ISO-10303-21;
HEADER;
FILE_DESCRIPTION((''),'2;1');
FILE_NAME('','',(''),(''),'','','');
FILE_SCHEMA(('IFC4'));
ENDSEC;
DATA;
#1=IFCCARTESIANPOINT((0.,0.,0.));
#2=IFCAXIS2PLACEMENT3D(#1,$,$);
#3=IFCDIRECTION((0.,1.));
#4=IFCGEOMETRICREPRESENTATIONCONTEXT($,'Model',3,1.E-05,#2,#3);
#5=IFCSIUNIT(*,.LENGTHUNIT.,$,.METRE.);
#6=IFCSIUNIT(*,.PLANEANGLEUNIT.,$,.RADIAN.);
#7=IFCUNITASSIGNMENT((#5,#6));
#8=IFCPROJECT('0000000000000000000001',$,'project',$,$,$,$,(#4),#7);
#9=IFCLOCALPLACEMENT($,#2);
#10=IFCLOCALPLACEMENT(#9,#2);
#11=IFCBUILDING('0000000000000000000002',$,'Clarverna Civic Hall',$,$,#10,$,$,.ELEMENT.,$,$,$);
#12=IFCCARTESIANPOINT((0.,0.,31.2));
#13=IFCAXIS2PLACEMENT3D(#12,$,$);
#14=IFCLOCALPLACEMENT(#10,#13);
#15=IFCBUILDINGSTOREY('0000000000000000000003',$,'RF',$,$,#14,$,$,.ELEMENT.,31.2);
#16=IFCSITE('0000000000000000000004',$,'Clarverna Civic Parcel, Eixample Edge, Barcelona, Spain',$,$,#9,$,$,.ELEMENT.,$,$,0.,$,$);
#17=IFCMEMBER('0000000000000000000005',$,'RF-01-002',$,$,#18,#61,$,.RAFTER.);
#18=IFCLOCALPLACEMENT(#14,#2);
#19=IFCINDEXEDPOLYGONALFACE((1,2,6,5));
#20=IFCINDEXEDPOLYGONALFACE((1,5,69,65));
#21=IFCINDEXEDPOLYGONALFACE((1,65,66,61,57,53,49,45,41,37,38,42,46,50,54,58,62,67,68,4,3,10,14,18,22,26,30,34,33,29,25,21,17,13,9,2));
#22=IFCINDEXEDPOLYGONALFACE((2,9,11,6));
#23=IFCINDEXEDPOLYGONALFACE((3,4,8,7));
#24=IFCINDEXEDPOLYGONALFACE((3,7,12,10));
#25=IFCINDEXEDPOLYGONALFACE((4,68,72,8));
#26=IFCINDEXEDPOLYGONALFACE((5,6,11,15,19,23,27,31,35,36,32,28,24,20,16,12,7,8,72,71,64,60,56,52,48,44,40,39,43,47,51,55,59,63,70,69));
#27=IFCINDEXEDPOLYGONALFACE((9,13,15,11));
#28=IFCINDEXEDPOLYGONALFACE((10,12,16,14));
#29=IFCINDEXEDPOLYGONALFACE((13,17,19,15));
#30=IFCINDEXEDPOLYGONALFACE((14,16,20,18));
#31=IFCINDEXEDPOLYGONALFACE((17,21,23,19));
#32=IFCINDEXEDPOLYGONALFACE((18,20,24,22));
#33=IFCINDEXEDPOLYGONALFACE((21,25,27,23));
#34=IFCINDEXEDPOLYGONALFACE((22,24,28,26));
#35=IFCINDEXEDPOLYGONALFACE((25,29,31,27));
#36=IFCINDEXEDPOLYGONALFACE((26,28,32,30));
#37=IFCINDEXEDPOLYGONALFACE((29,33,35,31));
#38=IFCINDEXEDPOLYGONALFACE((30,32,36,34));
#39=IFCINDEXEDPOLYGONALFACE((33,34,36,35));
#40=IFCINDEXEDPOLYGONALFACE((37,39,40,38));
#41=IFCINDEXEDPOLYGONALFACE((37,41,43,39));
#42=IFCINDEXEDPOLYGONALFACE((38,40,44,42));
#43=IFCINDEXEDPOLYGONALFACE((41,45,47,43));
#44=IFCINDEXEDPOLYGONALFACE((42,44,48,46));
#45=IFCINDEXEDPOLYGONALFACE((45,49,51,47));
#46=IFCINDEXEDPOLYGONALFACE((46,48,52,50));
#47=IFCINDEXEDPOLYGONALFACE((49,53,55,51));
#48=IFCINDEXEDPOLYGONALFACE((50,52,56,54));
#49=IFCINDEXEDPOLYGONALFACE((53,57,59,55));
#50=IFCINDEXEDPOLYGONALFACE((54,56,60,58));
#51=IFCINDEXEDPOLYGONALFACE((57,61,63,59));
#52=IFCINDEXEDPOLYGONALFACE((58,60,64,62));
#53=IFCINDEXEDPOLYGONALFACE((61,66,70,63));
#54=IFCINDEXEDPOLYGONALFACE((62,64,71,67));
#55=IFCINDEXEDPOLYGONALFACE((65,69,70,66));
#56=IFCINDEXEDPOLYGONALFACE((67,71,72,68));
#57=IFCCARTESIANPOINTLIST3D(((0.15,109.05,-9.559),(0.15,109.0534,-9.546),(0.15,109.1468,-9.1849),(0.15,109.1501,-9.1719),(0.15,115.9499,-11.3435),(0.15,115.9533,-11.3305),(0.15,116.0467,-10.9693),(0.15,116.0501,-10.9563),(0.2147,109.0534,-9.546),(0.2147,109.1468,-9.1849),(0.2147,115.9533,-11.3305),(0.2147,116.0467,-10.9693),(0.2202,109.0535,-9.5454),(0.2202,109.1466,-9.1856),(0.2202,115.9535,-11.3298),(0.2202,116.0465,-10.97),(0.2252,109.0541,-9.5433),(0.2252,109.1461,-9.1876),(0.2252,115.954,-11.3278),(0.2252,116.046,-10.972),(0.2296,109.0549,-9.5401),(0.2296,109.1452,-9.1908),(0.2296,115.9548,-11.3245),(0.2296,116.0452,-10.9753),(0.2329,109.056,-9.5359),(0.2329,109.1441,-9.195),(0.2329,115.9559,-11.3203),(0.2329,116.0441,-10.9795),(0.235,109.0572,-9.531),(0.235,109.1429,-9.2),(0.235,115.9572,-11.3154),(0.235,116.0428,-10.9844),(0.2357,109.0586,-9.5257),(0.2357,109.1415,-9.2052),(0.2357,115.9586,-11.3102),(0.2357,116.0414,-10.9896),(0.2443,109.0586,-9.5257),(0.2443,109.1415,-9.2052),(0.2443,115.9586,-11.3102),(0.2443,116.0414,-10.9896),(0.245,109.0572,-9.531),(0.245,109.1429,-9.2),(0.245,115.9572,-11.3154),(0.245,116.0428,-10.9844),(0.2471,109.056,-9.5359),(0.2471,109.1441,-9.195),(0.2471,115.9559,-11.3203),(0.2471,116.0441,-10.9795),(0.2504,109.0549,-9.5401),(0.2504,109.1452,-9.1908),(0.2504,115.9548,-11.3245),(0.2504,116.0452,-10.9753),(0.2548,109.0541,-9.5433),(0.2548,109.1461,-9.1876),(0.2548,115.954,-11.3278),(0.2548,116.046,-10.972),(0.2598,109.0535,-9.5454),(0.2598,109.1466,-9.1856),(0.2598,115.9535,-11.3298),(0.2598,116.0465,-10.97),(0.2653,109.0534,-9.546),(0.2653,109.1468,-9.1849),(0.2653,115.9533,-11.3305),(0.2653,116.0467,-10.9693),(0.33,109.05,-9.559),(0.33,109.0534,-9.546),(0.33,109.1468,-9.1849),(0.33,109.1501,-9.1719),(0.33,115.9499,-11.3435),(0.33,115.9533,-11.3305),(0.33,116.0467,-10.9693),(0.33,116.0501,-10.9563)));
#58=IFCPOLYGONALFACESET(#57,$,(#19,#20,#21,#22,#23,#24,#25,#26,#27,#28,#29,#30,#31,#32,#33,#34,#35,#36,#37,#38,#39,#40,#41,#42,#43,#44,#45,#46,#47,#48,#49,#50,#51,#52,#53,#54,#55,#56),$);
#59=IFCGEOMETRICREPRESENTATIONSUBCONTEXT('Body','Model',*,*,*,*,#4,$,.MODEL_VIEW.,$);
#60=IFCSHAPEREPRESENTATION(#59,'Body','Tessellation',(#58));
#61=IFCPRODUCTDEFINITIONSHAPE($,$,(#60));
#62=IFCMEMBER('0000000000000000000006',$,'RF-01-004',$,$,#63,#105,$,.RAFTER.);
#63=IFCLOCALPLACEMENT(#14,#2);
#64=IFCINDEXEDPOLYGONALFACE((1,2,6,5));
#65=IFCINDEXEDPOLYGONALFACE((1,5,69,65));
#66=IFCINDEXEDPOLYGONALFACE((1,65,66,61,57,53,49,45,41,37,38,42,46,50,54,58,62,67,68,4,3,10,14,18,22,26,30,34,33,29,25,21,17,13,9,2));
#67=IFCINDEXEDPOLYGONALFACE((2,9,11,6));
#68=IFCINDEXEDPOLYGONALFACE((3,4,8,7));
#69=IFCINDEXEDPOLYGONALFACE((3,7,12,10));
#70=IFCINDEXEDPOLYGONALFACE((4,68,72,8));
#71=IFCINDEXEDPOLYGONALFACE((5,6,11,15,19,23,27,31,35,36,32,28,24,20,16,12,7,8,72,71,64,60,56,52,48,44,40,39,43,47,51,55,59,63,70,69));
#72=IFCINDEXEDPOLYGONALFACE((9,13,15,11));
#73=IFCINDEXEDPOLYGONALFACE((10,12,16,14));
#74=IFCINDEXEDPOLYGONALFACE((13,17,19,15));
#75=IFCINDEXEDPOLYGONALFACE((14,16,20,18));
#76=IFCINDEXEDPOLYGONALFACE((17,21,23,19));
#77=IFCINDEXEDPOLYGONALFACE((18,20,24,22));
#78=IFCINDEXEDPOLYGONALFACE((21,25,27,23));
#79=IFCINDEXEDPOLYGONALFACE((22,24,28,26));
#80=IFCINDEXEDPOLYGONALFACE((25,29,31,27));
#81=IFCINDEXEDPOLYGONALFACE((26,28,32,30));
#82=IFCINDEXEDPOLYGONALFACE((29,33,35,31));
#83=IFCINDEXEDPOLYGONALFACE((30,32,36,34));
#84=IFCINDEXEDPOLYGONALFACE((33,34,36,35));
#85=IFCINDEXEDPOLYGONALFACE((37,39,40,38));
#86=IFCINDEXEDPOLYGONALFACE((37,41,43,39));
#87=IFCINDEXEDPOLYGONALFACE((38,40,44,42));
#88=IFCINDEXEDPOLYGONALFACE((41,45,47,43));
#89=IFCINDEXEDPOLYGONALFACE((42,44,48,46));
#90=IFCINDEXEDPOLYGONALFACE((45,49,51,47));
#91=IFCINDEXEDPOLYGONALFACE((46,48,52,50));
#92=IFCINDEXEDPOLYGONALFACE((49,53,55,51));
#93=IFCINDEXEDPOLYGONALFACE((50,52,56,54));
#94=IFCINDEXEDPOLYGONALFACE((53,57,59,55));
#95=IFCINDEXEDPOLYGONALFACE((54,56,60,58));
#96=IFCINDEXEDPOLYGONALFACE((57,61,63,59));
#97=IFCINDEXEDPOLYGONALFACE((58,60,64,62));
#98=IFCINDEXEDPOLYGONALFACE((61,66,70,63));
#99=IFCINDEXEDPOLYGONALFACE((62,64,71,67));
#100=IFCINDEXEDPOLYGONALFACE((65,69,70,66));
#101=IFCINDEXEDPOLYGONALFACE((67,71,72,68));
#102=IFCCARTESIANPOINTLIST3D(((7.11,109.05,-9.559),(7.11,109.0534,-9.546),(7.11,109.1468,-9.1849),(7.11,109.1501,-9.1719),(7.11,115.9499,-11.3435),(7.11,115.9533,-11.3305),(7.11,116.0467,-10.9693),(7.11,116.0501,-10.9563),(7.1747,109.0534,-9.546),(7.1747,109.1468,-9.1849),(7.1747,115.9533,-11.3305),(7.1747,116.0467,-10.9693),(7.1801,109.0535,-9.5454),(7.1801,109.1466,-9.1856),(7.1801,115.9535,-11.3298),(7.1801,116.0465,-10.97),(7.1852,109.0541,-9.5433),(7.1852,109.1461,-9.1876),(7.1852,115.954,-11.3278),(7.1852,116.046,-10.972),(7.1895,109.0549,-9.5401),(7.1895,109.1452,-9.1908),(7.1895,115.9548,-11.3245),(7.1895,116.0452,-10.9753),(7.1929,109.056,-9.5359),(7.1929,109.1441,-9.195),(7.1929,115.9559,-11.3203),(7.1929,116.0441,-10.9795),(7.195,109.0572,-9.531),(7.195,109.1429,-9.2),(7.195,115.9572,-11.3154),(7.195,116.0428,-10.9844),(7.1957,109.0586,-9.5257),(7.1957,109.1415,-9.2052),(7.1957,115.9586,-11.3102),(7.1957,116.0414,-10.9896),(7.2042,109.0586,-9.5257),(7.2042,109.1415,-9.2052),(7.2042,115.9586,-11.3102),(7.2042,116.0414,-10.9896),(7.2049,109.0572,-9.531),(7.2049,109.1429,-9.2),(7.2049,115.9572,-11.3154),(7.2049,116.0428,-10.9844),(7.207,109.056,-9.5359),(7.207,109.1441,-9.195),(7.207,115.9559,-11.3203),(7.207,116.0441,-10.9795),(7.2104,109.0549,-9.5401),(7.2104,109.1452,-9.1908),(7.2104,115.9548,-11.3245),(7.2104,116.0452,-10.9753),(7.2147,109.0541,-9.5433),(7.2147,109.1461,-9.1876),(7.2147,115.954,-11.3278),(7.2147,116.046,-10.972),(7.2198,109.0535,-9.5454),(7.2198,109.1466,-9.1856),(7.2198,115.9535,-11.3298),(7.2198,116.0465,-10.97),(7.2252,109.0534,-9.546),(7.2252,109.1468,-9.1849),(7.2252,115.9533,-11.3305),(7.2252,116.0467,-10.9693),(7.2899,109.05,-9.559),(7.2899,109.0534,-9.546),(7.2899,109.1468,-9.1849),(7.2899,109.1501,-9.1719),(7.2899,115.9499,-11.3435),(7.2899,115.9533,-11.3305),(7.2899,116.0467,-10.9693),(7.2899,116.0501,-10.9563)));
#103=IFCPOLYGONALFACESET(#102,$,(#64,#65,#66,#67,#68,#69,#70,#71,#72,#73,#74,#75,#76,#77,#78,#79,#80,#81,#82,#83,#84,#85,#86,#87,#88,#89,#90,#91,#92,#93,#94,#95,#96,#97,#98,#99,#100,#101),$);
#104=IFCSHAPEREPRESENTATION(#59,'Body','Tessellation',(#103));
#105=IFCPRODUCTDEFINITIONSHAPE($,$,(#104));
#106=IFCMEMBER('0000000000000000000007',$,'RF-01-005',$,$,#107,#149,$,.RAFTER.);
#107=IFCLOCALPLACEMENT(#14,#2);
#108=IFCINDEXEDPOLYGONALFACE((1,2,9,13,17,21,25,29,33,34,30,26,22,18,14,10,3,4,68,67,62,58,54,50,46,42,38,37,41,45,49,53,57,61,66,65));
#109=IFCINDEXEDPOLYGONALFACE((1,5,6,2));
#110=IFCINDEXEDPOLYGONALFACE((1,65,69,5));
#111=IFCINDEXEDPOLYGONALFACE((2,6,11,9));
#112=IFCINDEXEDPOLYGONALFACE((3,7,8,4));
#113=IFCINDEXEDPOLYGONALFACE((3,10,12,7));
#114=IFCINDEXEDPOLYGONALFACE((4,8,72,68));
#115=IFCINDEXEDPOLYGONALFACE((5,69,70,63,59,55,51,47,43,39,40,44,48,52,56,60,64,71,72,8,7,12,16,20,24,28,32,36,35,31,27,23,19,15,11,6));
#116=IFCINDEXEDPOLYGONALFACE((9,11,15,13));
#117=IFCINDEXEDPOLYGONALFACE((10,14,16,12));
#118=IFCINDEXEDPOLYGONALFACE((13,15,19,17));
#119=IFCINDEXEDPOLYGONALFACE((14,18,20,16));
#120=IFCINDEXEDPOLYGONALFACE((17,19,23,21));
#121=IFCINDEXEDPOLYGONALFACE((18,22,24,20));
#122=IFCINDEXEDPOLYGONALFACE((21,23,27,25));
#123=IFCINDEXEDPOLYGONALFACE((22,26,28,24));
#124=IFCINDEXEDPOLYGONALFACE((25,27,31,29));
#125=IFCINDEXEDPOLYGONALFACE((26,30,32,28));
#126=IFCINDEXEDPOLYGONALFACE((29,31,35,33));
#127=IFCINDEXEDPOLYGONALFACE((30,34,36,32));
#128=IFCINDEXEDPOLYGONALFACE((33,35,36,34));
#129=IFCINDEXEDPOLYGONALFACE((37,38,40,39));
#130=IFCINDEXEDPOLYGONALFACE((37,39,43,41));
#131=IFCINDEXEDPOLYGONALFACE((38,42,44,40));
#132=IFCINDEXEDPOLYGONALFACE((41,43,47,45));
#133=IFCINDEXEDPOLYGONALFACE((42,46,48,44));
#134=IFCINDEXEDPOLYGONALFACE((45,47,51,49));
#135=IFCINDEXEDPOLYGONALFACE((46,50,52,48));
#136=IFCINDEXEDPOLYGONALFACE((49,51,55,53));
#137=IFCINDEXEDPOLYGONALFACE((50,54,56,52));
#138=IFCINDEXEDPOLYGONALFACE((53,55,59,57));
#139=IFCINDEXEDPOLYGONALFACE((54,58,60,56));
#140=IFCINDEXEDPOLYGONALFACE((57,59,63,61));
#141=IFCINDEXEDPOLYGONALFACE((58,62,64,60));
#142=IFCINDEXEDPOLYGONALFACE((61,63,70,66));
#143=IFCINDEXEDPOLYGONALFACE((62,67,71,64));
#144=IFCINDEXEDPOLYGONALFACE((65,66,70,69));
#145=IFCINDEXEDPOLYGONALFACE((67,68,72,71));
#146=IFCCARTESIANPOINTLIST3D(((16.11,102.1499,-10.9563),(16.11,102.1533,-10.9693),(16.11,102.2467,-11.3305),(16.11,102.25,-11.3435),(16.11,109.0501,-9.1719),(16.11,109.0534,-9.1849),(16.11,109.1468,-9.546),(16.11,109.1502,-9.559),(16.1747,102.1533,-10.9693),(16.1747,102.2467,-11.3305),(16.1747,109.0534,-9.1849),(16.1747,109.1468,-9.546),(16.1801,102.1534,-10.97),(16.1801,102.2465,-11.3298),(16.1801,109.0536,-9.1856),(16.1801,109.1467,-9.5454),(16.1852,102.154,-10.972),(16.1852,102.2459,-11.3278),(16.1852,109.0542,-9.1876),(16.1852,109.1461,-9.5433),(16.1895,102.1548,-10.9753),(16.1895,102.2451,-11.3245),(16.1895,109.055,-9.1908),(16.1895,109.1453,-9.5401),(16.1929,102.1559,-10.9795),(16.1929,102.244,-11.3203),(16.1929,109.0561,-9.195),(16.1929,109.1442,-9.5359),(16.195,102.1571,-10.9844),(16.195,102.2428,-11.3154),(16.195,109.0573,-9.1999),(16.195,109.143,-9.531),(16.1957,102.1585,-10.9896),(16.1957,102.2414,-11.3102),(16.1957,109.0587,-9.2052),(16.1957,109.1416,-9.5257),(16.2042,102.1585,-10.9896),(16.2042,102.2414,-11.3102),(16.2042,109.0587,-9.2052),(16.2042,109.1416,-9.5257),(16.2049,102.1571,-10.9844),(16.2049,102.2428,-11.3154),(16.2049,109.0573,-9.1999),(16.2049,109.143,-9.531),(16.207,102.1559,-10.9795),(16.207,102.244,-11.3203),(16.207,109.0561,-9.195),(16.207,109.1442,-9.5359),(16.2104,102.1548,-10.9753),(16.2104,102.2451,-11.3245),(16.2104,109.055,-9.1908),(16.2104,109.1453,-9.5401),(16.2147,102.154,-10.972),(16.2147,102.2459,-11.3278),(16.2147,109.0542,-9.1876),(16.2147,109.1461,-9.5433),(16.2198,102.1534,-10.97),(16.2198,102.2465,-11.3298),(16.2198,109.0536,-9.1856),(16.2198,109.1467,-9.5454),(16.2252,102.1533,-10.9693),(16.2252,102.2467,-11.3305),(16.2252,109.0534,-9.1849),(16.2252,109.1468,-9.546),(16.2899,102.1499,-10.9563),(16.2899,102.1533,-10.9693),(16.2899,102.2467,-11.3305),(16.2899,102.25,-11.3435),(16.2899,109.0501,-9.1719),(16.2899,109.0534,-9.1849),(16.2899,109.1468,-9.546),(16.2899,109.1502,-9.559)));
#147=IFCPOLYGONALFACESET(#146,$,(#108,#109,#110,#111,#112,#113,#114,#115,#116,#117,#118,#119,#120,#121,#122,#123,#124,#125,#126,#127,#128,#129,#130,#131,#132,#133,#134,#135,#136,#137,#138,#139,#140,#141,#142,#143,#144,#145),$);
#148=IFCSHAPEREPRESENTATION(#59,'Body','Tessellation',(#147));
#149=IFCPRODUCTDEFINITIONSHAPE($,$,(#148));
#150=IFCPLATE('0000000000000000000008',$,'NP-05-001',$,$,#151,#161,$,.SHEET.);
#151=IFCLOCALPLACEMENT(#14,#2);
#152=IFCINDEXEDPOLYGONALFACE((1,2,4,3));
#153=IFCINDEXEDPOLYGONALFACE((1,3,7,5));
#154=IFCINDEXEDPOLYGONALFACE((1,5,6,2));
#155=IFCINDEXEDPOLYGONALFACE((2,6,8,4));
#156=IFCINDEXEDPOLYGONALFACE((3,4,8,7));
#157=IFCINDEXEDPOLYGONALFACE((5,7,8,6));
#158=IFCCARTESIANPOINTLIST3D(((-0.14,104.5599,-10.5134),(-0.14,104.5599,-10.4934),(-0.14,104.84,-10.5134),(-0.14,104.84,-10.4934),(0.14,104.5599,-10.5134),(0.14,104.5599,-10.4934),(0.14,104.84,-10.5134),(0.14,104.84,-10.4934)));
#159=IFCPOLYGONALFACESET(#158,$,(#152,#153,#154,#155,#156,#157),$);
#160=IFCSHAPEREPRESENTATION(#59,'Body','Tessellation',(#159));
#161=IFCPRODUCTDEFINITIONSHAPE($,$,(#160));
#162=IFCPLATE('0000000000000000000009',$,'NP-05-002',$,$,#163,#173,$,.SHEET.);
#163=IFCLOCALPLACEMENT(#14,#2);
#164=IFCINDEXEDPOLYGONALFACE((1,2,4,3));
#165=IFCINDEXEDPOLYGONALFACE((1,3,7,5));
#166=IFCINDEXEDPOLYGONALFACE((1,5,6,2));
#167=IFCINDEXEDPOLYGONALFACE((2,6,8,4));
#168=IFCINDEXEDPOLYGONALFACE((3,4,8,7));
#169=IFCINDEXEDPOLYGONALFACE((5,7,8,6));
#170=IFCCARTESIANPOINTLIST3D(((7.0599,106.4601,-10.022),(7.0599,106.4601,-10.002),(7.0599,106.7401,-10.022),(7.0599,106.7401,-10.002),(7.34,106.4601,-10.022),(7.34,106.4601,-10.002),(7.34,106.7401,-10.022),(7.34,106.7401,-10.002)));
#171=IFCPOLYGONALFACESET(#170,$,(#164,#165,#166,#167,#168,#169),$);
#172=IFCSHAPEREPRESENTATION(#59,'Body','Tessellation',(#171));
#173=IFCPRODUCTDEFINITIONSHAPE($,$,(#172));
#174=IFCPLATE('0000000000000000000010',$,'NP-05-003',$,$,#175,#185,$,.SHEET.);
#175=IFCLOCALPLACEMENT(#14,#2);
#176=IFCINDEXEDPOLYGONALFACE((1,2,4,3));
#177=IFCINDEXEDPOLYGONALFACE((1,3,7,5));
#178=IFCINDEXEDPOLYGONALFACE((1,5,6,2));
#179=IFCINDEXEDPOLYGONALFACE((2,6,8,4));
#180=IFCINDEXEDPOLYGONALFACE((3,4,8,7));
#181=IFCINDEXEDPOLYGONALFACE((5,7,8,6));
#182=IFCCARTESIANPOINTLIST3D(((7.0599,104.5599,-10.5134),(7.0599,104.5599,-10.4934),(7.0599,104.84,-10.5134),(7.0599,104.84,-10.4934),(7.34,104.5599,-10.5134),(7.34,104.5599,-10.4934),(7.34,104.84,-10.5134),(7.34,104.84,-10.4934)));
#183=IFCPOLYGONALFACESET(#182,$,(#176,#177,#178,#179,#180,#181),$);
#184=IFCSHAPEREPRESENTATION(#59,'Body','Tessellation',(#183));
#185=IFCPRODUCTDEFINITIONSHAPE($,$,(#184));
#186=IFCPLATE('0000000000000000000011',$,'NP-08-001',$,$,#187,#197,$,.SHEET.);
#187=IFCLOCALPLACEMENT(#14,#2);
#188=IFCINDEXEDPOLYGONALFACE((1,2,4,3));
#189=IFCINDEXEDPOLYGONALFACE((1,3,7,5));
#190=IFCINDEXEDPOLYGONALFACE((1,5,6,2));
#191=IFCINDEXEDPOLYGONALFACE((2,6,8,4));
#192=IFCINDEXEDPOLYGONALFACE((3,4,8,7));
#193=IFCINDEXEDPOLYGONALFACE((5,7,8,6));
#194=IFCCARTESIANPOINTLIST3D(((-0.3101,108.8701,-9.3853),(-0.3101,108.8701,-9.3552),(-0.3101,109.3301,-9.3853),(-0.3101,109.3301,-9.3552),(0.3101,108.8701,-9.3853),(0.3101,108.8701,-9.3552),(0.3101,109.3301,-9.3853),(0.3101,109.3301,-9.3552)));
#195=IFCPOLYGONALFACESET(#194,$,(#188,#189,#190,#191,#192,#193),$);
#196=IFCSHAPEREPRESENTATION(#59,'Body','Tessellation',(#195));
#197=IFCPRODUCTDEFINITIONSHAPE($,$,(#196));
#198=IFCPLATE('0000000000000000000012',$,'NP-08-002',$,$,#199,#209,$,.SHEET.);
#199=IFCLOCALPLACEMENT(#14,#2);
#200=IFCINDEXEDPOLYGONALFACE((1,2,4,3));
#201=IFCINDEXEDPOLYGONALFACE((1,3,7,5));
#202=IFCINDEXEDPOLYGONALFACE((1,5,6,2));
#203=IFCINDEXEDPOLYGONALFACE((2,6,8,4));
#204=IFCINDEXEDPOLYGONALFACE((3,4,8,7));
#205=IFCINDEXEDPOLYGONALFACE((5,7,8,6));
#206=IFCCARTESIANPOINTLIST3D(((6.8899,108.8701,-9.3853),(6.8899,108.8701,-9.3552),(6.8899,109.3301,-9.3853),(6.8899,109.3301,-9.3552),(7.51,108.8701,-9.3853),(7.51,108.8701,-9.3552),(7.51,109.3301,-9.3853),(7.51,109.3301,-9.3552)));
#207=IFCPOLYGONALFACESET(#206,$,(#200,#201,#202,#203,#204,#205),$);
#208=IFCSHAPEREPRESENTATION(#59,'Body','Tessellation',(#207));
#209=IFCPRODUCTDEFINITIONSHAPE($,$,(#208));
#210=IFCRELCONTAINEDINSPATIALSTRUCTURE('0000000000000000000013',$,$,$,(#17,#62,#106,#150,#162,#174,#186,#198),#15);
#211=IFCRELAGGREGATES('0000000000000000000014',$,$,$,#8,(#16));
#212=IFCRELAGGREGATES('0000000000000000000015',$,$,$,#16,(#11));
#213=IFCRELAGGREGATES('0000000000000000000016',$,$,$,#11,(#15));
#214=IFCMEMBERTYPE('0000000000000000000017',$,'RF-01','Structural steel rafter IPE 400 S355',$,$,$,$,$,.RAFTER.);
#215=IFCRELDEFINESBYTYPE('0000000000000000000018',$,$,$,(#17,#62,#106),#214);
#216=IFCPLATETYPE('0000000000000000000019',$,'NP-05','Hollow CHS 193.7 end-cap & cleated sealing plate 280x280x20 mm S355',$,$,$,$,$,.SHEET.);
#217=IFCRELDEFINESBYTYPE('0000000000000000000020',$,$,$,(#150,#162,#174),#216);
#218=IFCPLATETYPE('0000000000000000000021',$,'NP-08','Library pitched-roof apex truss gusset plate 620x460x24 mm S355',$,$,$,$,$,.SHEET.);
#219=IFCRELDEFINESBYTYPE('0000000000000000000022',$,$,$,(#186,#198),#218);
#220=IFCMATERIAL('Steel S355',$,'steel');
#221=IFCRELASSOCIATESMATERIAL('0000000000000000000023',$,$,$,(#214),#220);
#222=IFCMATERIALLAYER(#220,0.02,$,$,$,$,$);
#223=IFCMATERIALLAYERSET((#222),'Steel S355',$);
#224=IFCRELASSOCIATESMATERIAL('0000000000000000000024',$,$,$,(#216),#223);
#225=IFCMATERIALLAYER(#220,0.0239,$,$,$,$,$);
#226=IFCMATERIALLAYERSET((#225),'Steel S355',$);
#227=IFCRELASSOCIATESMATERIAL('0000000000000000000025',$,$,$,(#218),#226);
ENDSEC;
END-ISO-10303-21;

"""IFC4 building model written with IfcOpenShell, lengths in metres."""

from ifc_helpers import new_model, si_unit, direction, frame, origin, origin_2d, place, context, subcontext, project, spatial, rectangle, i_section, extrude, material, layer, layer_set, material_profile, profile_set, type_object, element, save


model = new_model("IFC4")

# Units and contexts
model_context = context("Model", 3, precision=1e-05, world=origin(), true_north=direction((0.0, 1.0)))
body_context = subcontext(model_context, "Body", "Model", "MODEL_VIEW")
ifc_project = project(units=[si_unit("LENGTHUNIT", "METRE"), si_unit("PLANEANGLEUNIT", "RADIAN")], contexts=[model_context])

# Site, building, storey
site_placement = place(None, origin())
site = spatial("IfcSite", under=ifc_project, at=site_placement, Name="Clarverna Civic Parcel, Eixample Edge, Barcelona, Spain", CompositionType="ELEMENT", RefElevation=0.0)
building_placement = place(site_placement, origin())
building = spatial("IfcBuilding", under=site, at=building_placement, Name="Clarverna Civic Hall", CompositionType="ELEMENT")
storey_placement = place(building_placement, frame((0.0, 0.0, 31.2)))
storey = spatial("IfcBuildingStorey", under=building, at=storey_placement, Name="RF", CompositionType="ELEMENT", Elevation=31.2)

# Members
ifc_material_1 = material(Name="Steel S355", Category="steel")
ifc_material_profile_1 = material_profile(ifc_material_1, i_section(OverallWidth=0.1799, OverallDepth=0.3999, WebThickness=0.0085, FlangeThickness=0.0134, FilletRadius=0.021, at=origin_2d()), Name="IPE 400")
ifc_profile_set_1 = profile_set([ifc_material_profile_1], Name="Steel S355")
member_type_1 = type_object("IfcMemberType", Name="RF-01", Description="Structural steel rafter IPE 400 S355", PredefinedType="RAFTER", material=ifc_profile_set_1)
for number, where, z_axis, x_axis, name in (
    (1, (0.24, 116.0, -11.1499), (0.0, -0.968148, 0.250378), (1.0, 0.0, 0.0), "RF-01-002"),
    (2, (7.2, 116.0, -11.1499), (0.0, -0.968148, 0.250378), (1.0, 0.0, 0.0), "RF-01-004"),
):
    element("IfcMember", number, at=place(storey_placement, frame(where, z_axis=z_axis, x_axis=x_axis)), inside=storey, type_object=member_type_1, Name=name, PredefinedType="RAFTER", context=body_context, shape_type="SweptSolid", body=[
        extrude(i_section(OverallWidth=0.1799, OverallDepth=0.3999, WebThickness=0.0085, FlangeThickness=0.0134, FilletRadius=0.021, at=origin_2d()), origin(), (0.0, 0.0, 1.0), 7.127),
    ])
member_1_placement = place(storey_placement, frame((16.2, 102.2, -11.1499), z_axis=(0.0, 0.96815, 0.25037), x_axis=(-1.0, 0.0, 0.0)))
element("IfcMember", 3, at=member_1_placement, inside=storey, type_object=member_type_1, Name="RF-01-005", PredefinedType="RAFTER", context=body_context, shape_type="SweptSolid", body=[
    extrude(i_section(OverallWidth=0.1799, OverallDepth=0.3999, WebThickness=0.0085, FlangeThickness=0.0134, FilletRadius=0.021, at=origin_2d()), origin(), (0.0, 0.0, 1.0), 7.1272),
])

# Plates
ifc_layer_1 = layer(ifc_material_1, 0.02)
ifc_layer_set_1 = layer_set([ifc_layer_1], Name="Steel S355")
plate_type_1 = type_object("IfcPlateType", Name="NP-05", Description="Hollow CHS 193.7 end-cap & cleated sealing plate 280x280x20 mm S355", PredefinedType="SHEET", material=ifc_layer_set_1)
for number, where, z_axis, x_axis, name in (
    (4, (0.0, 104.7, -10.5134), (0.0, 0.0, 1.0), (1.0, 0.0, 0.0), "NP-05-001"),
    (5, (7.2, 106.6001, -10.022), (0.0, 0.0, 1.0), (1.0, 0.0, 0.0), "NP-05-002"),
    (6, (7.2, 104.7, -10.5134), (0.0, 0.0, 1.0), (1.0, 0.0, 0.0), "NP-05-003"),
):
    element("IfcPlate", number, at=place(storey_placement, frame(where, z_axis=z_axis, x_axis=x_axis)), inside=storey, type_object=plate_type_1, Name=name, PredefinedType="SHEET", context=body_context, shape_type="SweptSolid", body=[
        extrude(rectangle(XDim=0.28, YDim=0.28, at=origin_2d()), origin(), (0.0, 0.0, 1.0), 0.02),
    ])
ifc_layer_2 = layer(ifc_material_1, 0.0239)
ifc_layer_set_2 = layer_set([ifc_layer_2], Name="Steel S355")
plate_type_2 = type_object("IfcPlateType", Name="NP-08", Description="Library pitched-roof apex truss gusset plate 620x460x24 mm S355", PredefinedType="SHEET", material=ifc_layer_set_2)
for number, where, z_axis, x_axis, name in (
    (7, (0.0, 109.1001, -9.3853), (0.0, 0.0, 1.0), (1.0, 0.0, 0.0), "NP-08-001"),
    (8, (7.2, 109.1001, -9.3853), (0.0, 0.0, 1.0), (1.0, 0.0, 0.0), "NP-08-002"),
):
    element("IfcPlate", number, at=place(storey_placement, frame(where, z_axis=z_axis, x_axis=x_axis)), inside=storey, type_object=plate_type_2, Name=name, PredefinedType="SHEET", context=body_context, shape_type="SweptSolid", body=[
        extrude(rectangle(XDim=0.6201, YDim=0.46, at=origin_2d()), origin(), (0.0, 0.0, 1.0), 0.03),
    ])

save(model, "model.ifc")
